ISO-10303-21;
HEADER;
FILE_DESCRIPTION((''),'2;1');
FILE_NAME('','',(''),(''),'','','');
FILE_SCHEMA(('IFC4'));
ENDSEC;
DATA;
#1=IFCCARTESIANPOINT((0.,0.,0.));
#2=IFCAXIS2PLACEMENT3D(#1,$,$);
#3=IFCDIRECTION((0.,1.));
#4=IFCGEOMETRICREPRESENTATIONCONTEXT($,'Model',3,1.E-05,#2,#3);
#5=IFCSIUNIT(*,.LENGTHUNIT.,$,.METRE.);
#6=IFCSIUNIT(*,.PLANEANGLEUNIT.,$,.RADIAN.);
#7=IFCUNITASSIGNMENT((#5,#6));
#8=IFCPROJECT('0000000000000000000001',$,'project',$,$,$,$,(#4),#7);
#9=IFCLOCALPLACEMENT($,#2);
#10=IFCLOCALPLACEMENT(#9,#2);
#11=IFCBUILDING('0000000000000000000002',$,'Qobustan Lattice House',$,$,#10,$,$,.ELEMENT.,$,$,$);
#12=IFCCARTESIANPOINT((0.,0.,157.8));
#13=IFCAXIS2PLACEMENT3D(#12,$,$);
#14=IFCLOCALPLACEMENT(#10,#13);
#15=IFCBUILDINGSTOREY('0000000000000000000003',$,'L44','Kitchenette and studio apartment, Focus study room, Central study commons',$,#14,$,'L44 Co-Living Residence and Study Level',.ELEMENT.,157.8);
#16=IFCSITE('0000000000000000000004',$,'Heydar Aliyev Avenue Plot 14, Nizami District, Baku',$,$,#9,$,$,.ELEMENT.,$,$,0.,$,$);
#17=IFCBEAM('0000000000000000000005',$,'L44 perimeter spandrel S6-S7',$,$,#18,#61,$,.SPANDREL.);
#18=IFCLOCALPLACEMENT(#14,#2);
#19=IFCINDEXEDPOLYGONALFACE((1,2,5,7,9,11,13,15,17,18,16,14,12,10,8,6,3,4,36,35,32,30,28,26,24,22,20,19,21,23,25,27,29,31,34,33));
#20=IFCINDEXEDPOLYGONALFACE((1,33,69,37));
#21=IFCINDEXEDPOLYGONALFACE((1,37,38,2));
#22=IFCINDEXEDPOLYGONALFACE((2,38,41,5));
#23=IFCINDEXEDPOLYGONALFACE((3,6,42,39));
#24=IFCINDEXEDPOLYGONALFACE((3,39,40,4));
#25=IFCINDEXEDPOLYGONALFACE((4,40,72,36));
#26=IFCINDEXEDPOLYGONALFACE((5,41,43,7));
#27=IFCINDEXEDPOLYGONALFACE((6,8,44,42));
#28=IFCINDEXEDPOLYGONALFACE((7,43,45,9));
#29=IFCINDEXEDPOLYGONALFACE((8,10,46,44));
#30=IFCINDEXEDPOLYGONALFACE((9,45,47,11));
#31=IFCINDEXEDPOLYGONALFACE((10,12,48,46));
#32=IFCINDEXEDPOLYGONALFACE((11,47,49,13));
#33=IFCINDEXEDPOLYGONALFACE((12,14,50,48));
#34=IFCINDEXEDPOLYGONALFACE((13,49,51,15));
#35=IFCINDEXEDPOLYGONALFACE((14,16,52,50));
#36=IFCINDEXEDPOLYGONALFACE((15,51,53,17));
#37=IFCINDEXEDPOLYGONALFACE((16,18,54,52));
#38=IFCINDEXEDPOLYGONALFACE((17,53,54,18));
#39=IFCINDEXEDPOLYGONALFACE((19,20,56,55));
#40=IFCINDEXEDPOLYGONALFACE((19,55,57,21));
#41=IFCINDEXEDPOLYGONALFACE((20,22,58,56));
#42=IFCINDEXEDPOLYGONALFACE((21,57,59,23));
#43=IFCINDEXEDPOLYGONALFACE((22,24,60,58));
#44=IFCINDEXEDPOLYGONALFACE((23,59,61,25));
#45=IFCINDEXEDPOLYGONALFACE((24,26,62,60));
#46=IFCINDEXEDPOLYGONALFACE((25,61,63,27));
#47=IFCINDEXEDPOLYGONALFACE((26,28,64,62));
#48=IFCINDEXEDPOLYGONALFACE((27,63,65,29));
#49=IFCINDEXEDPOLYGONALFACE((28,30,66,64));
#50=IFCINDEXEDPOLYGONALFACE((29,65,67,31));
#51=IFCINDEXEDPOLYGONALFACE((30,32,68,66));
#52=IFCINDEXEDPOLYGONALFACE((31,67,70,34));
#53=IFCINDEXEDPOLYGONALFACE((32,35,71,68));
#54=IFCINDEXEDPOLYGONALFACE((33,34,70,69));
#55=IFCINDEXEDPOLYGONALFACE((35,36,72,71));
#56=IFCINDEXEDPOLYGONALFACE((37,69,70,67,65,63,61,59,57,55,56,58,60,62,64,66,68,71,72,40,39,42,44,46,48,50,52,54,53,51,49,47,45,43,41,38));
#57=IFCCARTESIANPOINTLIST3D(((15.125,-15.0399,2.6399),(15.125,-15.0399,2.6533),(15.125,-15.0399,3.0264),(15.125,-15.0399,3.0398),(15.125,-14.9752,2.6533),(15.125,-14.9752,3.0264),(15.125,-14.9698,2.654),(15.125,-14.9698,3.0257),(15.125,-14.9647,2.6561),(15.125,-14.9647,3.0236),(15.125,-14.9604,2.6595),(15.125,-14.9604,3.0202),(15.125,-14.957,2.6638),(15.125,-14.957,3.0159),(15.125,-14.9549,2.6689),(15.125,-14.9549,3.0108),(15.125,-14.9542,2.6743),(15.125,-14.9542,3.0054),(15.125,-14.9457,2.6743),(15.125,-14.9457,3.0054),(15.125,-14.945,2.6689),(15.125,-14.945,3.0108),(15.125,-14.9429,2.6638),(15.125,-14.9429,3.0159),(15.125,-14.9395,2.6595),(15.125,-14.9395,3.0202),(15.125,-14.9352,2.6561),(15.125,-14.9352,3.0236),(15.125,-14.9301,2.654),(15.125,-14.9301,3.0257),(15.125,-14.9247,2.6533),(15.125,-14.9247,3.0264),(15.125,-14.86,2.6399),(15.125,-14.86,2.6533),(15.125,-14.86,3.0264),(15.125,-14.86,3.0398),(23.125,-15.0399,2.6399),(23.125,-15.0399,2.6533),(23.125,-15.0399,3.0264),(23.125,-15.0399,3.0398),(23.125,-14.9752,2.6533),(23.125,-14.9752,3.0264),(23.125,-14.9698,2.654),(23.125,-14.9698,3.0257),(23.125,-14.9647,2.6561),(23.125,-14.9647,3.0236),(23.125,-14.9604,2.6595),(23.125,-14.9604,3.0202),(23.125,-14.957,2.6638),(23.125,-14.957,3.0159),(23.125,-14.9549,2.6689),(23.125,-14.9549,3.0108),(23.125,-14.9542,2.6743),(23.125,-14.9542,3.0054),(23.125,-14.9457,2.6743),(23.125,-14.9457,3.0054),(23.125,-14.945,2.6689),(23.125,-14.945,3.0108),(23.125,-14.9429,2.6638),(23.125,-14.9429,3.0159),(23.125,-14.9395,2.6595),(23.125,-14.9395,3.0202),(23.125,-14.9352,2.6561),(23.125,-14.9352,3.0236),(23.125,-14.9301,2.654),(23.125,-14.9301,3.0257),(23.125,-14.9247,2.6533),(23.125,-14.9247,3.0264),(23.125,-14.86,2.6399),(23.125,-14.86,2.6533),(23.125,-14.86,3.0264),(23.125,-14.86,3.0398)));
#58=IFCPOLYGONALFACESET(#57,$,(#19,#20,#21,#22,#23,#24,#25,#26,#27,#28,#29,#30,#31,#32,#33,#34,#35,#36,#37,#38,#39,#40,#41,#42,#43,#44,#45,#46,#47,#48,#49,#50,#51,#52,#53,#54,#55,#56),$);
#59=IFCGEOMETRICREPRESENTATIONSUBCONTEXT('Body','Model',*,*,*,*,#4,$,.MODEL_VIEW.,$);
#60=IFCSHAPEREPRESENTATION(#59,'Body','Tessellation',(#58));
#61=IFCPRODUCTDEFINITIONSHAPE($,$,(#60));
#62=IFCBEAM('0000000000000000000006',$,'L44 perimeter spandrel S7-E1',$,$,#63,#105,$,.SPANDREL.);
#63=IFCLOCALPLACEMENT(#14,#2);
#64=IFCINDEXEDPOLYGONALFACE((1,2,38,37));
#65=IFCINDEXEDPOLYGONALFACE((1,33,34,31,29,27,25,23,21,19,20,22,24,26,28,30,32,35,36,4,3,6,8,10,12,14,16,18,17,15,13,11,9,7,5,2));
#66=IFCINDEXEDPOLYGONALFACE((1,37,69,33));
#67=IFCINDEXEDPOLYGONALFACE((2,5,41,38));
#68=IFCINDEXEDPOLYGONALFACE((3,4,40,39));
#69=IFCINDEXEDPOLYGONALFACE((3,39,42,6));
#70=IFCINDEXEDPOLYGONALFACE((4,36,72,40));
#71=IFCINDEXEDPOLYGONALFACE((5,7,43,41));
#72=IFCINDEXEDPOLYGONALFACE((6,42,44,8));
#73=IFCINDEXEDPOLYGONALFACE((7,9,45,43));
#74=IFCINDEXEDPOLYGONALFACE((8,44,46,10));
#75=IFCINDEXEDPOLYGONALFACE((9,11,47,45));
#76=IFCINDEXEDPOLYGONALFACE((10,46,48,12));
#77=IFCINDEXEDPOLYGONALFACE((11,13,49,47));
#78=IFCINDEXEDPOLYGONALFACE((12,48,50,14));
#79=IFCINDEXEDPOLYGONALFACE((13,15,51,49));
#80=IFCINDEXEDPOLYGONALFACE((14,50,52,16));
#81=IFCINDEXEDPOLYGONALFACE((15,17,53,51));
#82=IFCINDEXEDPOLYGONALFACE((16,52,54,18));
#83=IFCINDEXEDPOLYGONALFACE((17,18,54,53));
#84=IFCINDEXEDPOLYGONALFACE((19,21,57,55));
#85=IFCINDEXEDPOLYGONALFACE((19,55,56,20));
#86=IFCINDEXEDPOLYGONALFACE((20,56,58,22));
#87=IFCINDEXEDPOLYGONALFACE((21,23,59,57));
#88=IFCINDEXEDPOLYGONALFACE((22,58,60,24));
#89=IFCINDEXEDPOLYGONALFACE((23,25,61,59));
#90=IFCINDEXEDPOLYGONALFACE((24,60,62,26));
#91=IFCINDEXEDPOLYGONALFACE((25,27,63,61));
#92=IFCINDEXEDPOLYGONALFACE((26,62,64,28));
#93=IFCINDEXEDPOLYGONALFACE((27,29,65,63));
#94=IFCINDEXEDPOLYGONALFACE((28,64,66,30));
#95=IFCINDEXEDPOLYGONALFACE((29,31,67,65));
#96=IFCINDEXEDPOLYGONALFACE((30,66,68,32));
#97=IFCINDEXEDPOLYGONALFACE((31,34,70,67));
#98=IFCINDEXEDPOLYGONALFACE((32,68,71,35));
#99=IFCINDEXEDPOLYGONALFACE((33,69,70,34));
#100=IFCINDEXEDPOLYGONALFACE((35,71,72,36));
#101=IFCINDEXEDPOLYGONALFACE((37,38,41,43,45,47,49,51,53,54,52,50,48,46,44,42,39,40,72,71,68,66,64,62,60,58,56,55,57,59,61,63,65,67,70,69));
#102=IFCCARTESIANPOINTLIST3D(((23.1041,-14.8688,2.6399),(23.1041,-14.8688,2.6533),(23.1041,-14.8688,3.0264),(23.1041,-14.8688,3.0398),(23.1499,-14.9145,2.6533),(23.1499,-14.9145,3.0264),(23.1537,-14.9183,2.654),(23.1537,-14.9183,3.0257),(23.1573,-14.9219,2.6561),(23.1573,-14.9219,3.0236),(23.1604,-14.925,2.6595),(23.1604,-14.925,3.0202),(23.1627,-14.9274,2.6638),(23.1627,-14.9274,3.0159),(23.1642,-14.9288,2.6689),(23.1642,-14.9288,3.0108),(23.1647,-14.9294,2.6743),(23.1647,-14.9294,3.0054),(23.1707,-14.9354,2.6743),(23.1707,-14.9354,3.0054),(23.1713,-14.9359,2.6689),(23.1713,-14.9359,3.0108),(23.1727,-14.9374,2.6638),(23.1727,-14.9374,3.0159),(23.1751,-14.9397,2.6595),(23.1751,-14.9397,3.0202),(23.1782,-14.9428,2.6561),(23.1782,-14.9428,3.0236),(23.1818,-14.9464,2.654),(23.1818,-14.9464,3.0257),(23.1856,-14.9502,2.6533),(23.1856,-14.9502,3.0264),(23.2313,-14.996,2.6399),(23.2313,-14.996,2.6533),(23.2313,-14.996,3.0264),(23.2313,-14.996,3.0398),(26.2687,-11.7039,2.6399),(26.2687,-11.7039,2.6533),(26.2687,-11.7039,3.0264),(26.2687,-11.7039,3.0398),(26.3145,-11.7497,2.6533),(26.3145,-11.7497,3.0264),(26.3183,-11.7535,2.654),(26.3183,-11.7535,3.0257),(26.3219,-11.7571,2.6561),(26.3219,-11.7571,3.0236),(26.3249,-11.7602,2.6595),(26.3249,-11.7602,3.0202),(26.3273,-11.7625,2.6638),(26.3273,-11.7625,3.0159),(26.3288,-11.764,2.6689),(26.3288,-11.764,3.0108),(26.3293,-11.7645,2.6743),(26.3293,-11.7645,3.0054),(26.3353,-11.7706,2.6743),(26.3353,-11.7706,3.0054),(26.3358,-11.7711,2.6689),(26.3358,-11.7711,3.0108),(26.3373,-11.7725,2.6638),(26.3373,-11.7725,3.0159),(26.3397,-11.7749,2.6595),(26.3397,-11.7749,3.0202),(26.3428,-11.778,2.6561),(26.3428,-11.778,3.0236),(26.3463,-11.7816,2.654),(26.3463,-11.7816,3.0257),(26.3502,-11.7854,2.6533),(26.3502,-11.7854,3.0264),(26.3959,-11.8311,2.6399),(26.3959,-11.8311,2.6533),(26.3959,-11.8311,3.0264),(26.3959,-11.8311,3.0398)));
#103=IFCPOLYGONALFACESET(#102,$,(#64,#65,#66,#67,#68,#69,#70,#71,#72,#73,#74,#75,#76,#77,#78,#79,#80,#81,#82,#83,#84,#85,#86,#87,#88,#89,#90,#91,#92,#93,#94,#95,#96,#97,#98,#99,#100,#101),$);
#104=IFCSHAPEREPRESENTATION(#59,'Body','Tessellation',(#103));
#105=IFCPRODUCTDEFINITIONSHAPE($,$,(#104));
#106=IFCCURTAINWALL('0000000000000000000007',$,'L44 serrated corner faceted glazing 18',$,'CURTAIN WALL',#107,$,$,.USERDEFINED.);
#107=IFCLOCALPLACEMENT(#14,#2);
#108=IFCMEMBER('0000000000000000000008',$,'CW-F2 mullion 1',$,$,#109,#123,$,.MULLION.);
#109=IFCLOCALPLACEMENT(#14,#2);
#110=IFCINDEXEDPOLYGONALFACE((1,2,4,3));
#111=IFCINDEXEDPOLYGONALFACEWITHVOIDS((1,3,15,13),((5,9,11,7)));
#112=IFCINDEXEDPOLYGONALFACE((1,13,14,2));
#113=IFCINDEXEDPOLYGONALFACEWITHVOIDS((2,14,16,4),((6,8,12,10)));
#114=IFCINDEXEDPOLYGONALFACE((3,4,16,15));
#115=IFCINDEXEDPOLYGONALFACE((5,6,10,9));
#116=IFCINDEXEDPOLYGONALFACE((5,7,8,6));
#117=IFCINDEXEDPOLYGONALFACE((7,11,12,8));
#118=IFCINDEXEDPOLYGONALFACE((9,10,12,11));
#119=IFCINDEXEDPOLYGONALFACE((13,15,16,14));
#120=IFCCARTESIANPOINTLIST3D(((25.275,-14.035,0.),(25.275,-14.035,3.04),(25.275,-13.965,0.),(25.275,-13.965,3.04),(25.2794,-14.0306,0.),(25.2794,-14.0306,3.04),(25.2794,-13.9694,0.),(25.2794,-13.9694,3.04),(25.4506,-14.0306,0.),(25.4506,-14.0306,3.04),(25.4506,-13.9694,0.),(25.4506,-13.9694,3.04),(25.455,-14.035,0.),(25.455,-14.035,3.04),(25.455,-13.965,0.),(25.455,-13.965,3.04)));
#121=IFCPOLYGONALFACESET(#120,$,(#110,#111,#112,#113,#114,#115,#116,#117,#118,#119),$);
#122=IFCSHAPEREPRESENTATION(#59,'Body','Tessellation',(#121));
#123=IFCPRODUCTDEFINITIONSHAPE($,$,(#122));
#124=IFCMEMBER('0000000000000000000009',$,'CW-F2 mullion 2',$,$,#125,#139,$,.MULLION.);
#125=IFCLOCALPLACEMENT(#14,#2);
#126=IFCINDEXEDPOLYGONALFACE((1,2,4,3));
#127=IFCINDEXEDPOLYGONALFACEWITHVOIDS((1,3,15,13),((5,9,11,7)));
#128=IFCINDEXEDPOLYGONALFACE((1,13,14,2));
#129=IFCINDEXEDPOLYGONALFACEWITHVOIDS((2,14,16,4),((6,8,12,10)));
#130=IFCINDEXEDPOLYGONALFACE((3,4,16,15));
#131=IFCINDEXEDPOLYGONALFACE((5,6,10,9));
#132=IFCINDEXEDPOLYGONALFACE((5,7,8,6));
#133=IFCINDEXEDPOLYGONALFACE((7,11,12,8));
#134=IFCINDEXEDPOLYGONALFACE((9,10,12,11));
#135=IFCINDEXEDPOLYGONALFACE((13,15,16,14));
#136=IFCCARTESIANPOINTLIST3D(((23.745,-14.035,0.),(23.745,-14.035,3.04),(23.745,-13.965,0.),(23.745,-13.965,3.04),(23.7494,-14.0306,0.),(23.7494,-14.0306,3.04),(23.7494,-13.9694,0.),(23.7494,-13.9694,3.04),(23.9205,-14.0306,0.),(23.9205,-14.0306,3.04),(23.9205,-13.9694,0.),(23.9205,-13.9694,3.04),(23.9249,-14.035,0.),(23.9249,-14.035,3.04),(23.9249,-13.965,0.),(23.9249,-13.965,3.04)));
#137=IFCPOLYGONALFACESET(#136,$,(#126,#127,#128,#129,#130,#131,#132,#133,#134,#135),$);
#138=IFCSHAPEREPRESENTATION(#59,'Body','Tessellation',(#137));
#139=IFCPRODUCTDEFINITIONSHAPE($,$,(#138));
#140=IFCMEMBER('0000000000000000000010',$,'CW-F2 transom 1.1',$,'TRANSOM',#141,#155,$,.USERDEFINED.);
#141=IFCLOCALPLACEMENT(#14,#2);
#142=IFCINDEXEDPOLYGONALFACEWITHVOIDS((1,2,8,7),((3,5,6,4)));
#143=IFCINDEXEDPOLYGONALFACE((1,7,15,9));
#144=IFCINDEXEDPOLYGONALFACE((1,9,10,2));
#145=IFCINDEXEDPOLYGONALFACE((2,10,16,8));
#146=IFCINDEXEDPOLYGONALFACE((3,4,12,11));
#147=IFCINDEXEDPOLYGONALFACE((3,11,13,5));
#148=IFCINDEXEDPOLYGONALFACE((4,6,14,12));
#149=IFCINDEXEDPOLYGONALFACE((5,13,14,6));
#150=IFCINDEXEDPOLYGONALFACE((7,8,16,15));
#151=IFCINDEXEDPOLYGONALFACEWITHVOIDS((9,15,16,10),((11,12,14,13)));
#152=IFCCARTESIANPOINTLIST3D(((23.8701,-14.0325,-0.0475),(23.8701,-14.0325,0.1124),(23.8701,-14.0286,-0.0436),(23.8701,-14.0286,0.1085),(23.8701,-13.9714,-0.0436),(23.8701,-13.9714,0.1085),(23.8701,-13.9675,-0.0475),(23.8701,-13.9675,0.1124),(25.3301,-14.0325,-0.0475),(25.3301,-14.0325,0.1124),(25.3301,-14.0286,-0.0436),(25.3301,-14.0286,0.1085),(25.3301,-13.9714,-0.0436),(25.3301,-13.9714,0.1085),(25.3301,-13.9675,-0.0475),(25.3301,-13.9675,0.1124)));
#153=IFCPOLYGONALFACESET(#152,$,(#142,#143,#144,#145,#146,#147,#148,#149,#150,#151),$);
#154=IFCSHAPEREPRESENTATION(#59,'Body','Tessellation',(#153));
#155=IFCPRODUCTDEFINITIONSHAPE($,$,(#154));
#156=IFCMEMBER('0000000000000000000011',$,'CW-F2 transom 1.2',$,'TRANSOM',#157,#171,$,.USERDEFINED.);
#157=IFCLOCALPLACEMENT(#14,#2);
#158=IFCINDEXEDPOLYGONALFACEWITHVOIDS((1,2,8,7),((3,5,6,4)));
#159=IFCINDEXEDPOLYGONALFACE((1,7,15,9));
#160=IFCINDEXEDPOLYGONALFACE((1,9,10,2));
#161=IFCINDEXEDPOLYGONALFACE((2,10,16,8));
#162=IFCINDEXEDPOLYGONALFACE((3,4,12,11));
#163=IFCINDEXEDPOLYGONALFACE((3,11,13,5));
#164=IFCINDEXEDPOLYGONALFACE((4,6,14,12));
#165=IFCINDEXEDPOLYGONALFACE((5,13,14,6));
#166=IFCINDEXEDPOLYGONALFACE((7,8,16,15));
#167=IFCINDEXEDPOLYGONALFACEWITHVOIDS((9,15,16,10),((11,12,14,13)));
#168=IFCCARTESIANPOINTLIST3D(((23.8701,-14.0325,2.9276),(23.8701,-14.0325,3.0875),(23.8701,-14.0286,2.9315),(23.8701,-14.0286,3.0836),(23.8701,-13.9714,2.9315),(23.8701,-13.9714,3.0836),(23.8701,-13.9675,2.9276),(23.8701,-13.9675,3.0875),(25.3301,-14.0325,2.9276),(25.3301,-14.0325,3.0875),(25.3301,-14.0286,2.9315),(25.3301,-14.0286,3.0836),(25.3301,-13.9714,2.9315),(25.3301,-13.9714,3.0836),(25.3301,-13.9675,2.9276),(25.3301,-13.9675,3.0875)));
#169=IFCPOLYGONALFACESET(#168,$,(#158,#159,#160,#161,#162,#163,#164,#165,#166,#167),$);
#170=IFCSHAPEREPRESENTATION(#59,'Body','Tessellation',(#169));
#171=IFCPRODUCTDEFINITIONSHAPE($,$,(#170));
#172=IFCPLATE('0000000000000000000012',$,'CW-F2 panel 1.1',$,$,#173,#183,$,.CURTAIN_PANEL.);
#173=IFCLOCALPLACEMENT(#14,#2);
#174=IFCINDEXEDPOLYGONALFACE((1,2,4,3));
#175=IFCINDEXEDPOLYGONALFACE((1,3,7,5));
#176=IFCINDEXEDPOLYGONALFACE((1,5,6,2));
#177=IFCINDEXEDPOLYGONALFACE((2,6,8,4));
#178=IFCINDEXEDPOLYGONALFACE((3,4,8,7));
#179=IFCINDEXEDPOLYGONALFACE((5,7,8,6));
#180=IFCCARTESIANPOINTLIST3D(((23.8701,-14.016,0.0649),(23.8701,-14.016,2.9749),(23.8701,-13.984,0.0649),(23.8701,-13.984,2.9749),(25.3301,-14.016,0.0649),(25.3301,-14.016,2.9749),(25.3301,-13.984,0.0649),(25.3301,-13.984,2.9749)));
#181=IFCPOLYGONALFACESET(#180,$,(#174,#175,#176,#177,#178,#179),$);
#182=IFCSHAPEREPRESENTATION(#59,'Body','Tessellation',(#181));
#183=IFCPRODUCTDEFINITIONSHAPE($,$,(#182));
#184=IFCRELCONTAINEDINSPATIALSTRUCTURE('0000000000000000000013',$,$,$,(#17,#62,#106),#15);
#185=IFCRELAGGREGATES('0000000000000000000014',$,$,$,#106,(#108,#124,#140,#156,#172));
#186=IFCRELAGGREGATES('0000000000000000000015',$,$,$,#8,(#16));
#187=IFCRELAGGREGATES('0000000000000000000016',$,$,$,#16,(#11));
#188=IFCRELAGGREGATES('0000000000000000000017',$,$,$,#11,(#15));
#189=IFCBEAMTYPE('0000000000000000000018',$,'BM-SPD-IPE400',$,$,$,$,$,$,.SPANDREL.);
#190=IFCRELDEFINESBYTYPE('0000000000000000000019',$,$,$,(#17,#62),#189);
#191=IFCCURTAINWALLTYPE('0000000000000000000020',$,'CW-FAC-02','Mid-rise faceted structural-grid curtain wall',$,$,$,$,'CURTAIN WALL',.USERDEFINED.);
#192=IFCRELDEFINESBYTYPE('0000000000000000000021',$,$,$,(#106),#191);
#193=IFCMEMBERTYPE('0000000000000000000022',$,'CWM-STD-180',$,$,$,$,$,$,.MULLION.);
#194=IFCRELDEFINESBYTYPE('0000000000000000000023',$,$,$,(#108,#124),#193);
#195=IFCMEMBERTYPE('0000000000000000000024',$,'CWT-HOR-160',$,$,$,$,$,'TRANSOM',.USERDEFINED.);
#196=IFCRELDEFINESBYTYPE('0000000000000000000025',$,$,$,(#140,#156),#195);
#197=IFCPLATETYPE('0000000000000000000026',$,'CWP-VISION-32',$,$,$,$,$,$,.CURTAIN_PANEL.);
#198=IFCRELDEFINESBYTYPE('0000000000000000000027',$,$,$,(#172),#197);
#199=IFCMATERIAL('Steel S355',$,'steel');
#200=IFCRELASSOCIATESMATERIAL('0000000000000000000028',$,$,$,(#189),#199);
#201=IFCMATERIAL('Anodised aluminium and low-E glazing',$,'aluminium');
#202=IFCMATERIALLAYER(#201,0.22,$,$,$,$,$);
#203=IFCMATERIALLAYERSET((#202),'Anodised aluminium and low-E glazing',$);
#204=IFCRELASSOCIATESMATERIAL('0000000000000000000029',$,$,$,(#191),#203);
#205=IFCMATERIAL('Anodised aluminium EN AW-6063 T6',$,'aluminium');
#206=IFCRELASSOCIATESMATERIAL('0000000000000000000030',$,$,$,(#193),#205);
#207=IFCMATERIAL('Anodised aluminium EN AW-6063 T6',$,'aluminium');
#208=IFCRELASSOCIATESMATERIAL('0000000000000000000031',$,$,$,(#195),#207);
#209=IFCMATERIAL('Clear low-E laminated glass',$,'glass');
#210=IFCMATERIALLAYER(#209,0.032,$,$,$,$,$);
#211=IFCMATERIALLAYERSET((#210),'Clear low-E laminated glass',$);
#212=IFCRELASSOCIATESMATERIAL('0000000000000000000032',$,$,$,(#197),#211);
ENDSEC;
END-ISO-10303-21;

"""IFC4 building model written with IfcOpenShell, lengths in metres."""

from ifc_helpers import new_model, si_unit, direction, frame, origin, origin_2d, place, context, subcontext, project, spatial, rectangle, hollow_rectangle, i_section, extrude, material, layer, layer_set, material_profile, profile_set, type_object, element, aggregate, save


model = new_model("IFC4")

# Units and contexts
model_context = context("Model", 3, precision=1e-05, world=origin(), true_north=direction((0.0, 1.0)))
body_context = subcontext(model_context, "Body", "Model", "MODEL_VIEW")
ifc_project = project(units=[si_unit("LENGTHUNIT", "METRE"), si_unit("PLANEANGLEUNIT", "RADIAN")], contexts=[model_context])

# Site, building, storey
site_placement = place(None, origin())
site = spatial("IfcSite", under=ifc_project, at=site_placement, Name="Heydar Aliyev Avenue Plot 14, Nizami District, Baku", CompositionType="ELEMENT", RefElevation=0.0)
building_placement = place(site_placement, origin())
building = spatial("IfcBuilding", under=site, at=building_placement, Name="Qobustan Lattice House", CompositionType="ELEMENT")
storey_placement = place(building_placement, frame((0.0, 0.0, 157.8)))
storey = spatial("IfcBuildingStorey", under=building, at=storey_placement, Name="L44", Description="Kitchenette and studio apartment, Focus study room, Central study commons", LongName="L44 Co-Living Residence and Study Level", CompositionType="ELEMENT", Elevation=157.8)

# Beams
ifc_material_1 = material(Name="Steel S355", Category="steel")
ifc_material_profile_1 = material_profile(ifc_material_1, i_section(OverallWidth=0.1799, OverallDepth=0.3999, WebThickness=0.0085, FlangeThickness=0.0134, FilletRadius=0.021, at=origin_2d()), Name="IPE400")
ifc_profile_set_1 = profile_set([ifc_material_profile_1], Name="Steel S355")
beam_type_1 = type_object("IfcBeamType", Name="BM-SPD-IPE400", PredefinedType="SPANDREL", material=ifc_profile_set_1)
beam_1_placement = place(storey_placement, frame((15.125, -14.95, 2.8398), z_axis=(1.0, 0.0, 0.0), x_axis=(0.0, 1.0, 0.0)))
element("IfcBeam", 1, at=beam_1_placement, inside=storey, type_object=beam_type_1, Name="L44 perimeter spandrel S6-S7", PredefinedType="SPANDREL", context=body_context, shape_type="SweptSolid", body=[
    extrude(i_section(OverallWidth=0.1799, OverallDepth=0.3999, WebThickness=0.0085, FlangeThickness=0.0134, FilletRadius=0.021, at=origin_2d()), origin(), (0.0, 0.0, 1.0), 8.0),
])
beam_2_placement = place(storey_placement, frame((23.1677, -14.9324, 2.8398), z_axis=(0.70708, 0.707134, 0.0), x_axis=(-0.707134, 0.70708, 0.0)))
element("IfcBeam", 2, at=beam_2_placement, inside=storey, type_object=beam_type_1, Name="L44 perimeter spandrel S7-E1", PredefinedType="SPANDREL", context=body_context, shape_type="SweptSolid", body=[
    extrude(i_section(OverallWidth=0.1799, OverallDepth=0.3999, WebThickness=0.0085, FlangeThickness=0.0134, FilletRadius=0.021, at=origin_2d()), origin(), (0.0, 0.0, 1.0), 4.4756),
])

# Curtain wall, members, plate
ifc_material_2 = material(Name="Anodised aluminium and low-E glazing", Category="aluminium")
ifc_layer_1 = layer(ifc_material_2, 0.22)
ifc_layer_set_1 = layer_set([ifc_layer_1], Name="Anodised aluminium and low-E glazing")
curtain_wall_type = type_object("IfcCurtainWallType", Name="CW-FAC-02", Description="Mid-rise faceted structural-grid curtain wall", ElementType="CURTAIN WALL", PredefinedType="USERDEFINED", material=ifc_layer_set_1)
curtain_wall_placement = place(storey_placement, origin())
curtain_wall = element("IfcCurtainWall", 3, at=curtain_wall_placement, inside=storey, type_object=curtain_wall_type, Name="L44 serrated corner faceted glazing 18", ObjectType="CURTAIN WALL", PredefinedType="USERDEFINED")
ifc_material_3 = material(Name="Anodised aluminium EN AW-6063 T6", Category="aluminium")
ifc_material_profile_2 = material_profile(ifc_material_3, hollow_rectangle(XDim=0.0701, YDim=0.1799, WallThickness=0.0044, at=origin_2d()), Name="CWM-180x70")
ifc_profile_set_2 = profile_set([ifc_material_profile_2], Name="Anodised aluminium EN AW-6063 T6")
member_type_1 = type_object("IfcMemberType", Name="CWM-STD-180", PredefinedType="MULLION", material=ifc_profile_set_2)
member_1_placement = place(storey_placement, frame((25.365, -14.0, 0.0), z_axis=(0.0, 0.0, 1.0), x_axis=(0.0, -1.0, 0.0)))
member_1 = element("IfcMember", 4, at=member_1_placement, type_object=member_type_1, Name="CW-F2 mullion 1", PredefinedType="MULLION", context=body_context, shape_type="SweptSolid", body=[
    extrude(hollow_rectangle(XDim=0.0701, YDim=0.1799, WallThickness=0.0044, at=origin_2d()), origin(), (0.0, 0.0, 1.0), 3.04),
])
member_2_placement = place(storey_placement, frame((23.835, -14.0, 0.0), z_axis=(0.0, 0.0, 1.0), x_axis=(0.0, -1.0, 0.0)))
member_2 = element("IfcMember", 5, at=member_2_placement, type_object=member_type_1, Name="CW-F2 mullion 2", PredefinedType="MULLION", context=body_context, shape_type="SweptSolid", body=[
    extrude(hollow_rectangle(XDim=0.0701, YDim=0.1799, WallThickness=0.0044, at=origin_2d()), origin(), (0.0, 0.0, 1.0), 3.04),
])
ifc_material_4 = material(Name="Anodised aluminium EN AW-6063 T6", Category="aluminium")
ifc_material_profile_3 = material_profile(ifc_material_4, hollow_rectangle(XDim=0.0649, YDim=0.1599, WallThickness=0.0039, at=origin_2d()), Name="CWT-160x65")
ifc_profile_set_3 = profile_set([ifc_material_profile_3], Name="Anodised aluminium EN AW-6063 T6")
member_type_2 = type_object("IfcMemberType", Name="CWT-HOR-160", ElementType="TRANSOM", PredefinedType="USERDEFINED", material=ifc_profile_set_3)
member_3_placement = place(storey_placement, frame((25.3301, -14.0, 0.0325), z_axis=(-1.0, 0.0, 0.0), x_axis=(0.0, -1.0, 0.0)))
member_3 = element("IfcMember", 6, at=member_3_placement, type_object=member_type_2, Name="CW-F2 transom 1.1", ObjectType="TRANSOM", PredefinedType="USERDEFINED", context=body_context, shape_type="SweptSolid", body=[
    extrude(hollow_rectangle(XDim=0.0649, YDim=0.1599, WallThickness=0.0039, at=origin_2d()), origin(), (0.0, 0.0, 1.0), 1.46),
])
member_4_placement = place(storey_placement, frame((25.3301, -14.0, 3.0076), z_axis=(-1.0, 0.0, 0.0), x_axis=(0.0, -1.0, 0.0)))
member_4 = element("IfcMember", 7, at=member_4_placement, type_object=member_type_2, Name="CW-F2 transom 1.2", ObjectType="TRANSOM", PredefinedType="USERDEFINED", context=body_context, shape_type="SweptSolid", body=[
    extrude(hollow_rectangle(XDim=0.0649, YDim=0.1599, WallThickness=0.0039, at=origin_2d()), origin(), (0.0, 0.0, 1.0), 1.46),
])
ifc_material_5 = material(Name="Clear low-E laminated glass", Category="glass")
ifc_layer_2 = layer(ifc_material_5, 0.032)
ifc_layer_set_2 = layer_set([ifc_layer_2], Name="Clear low-E laminated glass")
plate_type_1 = type_object("IfcPlateType", Name="CWP-VISION-32", PredefinedType="CURTAIN_PANEL", material=ifc_layer_set_2)
plate_1_placement = place(storey_placement, frame((24.6001, -14.0, 0.0649), z_axis=(0.0, 0.0, 1.0), x_axis=(-1.0, 0.0, 0.0)))
plate_1 = element("IfcPlate", 8, at=plate_1_placement, type_object=plate_type_1, Name="CW-F2 panel 1.1", PredefinedType="CURTAIN_PANEL", context=body_context, shape_type="SweptSolid", body=[
    extrude(rectangle(XDim=1.46, YDim=0.032, at=origin_2d()), origin(), (0.0, 0.0, 1.0), 2.9099),
])
aggregate(curtain_wall, [member_1, member_2, member_3, member_4, plate_1])

save(model, "model.ifc")
